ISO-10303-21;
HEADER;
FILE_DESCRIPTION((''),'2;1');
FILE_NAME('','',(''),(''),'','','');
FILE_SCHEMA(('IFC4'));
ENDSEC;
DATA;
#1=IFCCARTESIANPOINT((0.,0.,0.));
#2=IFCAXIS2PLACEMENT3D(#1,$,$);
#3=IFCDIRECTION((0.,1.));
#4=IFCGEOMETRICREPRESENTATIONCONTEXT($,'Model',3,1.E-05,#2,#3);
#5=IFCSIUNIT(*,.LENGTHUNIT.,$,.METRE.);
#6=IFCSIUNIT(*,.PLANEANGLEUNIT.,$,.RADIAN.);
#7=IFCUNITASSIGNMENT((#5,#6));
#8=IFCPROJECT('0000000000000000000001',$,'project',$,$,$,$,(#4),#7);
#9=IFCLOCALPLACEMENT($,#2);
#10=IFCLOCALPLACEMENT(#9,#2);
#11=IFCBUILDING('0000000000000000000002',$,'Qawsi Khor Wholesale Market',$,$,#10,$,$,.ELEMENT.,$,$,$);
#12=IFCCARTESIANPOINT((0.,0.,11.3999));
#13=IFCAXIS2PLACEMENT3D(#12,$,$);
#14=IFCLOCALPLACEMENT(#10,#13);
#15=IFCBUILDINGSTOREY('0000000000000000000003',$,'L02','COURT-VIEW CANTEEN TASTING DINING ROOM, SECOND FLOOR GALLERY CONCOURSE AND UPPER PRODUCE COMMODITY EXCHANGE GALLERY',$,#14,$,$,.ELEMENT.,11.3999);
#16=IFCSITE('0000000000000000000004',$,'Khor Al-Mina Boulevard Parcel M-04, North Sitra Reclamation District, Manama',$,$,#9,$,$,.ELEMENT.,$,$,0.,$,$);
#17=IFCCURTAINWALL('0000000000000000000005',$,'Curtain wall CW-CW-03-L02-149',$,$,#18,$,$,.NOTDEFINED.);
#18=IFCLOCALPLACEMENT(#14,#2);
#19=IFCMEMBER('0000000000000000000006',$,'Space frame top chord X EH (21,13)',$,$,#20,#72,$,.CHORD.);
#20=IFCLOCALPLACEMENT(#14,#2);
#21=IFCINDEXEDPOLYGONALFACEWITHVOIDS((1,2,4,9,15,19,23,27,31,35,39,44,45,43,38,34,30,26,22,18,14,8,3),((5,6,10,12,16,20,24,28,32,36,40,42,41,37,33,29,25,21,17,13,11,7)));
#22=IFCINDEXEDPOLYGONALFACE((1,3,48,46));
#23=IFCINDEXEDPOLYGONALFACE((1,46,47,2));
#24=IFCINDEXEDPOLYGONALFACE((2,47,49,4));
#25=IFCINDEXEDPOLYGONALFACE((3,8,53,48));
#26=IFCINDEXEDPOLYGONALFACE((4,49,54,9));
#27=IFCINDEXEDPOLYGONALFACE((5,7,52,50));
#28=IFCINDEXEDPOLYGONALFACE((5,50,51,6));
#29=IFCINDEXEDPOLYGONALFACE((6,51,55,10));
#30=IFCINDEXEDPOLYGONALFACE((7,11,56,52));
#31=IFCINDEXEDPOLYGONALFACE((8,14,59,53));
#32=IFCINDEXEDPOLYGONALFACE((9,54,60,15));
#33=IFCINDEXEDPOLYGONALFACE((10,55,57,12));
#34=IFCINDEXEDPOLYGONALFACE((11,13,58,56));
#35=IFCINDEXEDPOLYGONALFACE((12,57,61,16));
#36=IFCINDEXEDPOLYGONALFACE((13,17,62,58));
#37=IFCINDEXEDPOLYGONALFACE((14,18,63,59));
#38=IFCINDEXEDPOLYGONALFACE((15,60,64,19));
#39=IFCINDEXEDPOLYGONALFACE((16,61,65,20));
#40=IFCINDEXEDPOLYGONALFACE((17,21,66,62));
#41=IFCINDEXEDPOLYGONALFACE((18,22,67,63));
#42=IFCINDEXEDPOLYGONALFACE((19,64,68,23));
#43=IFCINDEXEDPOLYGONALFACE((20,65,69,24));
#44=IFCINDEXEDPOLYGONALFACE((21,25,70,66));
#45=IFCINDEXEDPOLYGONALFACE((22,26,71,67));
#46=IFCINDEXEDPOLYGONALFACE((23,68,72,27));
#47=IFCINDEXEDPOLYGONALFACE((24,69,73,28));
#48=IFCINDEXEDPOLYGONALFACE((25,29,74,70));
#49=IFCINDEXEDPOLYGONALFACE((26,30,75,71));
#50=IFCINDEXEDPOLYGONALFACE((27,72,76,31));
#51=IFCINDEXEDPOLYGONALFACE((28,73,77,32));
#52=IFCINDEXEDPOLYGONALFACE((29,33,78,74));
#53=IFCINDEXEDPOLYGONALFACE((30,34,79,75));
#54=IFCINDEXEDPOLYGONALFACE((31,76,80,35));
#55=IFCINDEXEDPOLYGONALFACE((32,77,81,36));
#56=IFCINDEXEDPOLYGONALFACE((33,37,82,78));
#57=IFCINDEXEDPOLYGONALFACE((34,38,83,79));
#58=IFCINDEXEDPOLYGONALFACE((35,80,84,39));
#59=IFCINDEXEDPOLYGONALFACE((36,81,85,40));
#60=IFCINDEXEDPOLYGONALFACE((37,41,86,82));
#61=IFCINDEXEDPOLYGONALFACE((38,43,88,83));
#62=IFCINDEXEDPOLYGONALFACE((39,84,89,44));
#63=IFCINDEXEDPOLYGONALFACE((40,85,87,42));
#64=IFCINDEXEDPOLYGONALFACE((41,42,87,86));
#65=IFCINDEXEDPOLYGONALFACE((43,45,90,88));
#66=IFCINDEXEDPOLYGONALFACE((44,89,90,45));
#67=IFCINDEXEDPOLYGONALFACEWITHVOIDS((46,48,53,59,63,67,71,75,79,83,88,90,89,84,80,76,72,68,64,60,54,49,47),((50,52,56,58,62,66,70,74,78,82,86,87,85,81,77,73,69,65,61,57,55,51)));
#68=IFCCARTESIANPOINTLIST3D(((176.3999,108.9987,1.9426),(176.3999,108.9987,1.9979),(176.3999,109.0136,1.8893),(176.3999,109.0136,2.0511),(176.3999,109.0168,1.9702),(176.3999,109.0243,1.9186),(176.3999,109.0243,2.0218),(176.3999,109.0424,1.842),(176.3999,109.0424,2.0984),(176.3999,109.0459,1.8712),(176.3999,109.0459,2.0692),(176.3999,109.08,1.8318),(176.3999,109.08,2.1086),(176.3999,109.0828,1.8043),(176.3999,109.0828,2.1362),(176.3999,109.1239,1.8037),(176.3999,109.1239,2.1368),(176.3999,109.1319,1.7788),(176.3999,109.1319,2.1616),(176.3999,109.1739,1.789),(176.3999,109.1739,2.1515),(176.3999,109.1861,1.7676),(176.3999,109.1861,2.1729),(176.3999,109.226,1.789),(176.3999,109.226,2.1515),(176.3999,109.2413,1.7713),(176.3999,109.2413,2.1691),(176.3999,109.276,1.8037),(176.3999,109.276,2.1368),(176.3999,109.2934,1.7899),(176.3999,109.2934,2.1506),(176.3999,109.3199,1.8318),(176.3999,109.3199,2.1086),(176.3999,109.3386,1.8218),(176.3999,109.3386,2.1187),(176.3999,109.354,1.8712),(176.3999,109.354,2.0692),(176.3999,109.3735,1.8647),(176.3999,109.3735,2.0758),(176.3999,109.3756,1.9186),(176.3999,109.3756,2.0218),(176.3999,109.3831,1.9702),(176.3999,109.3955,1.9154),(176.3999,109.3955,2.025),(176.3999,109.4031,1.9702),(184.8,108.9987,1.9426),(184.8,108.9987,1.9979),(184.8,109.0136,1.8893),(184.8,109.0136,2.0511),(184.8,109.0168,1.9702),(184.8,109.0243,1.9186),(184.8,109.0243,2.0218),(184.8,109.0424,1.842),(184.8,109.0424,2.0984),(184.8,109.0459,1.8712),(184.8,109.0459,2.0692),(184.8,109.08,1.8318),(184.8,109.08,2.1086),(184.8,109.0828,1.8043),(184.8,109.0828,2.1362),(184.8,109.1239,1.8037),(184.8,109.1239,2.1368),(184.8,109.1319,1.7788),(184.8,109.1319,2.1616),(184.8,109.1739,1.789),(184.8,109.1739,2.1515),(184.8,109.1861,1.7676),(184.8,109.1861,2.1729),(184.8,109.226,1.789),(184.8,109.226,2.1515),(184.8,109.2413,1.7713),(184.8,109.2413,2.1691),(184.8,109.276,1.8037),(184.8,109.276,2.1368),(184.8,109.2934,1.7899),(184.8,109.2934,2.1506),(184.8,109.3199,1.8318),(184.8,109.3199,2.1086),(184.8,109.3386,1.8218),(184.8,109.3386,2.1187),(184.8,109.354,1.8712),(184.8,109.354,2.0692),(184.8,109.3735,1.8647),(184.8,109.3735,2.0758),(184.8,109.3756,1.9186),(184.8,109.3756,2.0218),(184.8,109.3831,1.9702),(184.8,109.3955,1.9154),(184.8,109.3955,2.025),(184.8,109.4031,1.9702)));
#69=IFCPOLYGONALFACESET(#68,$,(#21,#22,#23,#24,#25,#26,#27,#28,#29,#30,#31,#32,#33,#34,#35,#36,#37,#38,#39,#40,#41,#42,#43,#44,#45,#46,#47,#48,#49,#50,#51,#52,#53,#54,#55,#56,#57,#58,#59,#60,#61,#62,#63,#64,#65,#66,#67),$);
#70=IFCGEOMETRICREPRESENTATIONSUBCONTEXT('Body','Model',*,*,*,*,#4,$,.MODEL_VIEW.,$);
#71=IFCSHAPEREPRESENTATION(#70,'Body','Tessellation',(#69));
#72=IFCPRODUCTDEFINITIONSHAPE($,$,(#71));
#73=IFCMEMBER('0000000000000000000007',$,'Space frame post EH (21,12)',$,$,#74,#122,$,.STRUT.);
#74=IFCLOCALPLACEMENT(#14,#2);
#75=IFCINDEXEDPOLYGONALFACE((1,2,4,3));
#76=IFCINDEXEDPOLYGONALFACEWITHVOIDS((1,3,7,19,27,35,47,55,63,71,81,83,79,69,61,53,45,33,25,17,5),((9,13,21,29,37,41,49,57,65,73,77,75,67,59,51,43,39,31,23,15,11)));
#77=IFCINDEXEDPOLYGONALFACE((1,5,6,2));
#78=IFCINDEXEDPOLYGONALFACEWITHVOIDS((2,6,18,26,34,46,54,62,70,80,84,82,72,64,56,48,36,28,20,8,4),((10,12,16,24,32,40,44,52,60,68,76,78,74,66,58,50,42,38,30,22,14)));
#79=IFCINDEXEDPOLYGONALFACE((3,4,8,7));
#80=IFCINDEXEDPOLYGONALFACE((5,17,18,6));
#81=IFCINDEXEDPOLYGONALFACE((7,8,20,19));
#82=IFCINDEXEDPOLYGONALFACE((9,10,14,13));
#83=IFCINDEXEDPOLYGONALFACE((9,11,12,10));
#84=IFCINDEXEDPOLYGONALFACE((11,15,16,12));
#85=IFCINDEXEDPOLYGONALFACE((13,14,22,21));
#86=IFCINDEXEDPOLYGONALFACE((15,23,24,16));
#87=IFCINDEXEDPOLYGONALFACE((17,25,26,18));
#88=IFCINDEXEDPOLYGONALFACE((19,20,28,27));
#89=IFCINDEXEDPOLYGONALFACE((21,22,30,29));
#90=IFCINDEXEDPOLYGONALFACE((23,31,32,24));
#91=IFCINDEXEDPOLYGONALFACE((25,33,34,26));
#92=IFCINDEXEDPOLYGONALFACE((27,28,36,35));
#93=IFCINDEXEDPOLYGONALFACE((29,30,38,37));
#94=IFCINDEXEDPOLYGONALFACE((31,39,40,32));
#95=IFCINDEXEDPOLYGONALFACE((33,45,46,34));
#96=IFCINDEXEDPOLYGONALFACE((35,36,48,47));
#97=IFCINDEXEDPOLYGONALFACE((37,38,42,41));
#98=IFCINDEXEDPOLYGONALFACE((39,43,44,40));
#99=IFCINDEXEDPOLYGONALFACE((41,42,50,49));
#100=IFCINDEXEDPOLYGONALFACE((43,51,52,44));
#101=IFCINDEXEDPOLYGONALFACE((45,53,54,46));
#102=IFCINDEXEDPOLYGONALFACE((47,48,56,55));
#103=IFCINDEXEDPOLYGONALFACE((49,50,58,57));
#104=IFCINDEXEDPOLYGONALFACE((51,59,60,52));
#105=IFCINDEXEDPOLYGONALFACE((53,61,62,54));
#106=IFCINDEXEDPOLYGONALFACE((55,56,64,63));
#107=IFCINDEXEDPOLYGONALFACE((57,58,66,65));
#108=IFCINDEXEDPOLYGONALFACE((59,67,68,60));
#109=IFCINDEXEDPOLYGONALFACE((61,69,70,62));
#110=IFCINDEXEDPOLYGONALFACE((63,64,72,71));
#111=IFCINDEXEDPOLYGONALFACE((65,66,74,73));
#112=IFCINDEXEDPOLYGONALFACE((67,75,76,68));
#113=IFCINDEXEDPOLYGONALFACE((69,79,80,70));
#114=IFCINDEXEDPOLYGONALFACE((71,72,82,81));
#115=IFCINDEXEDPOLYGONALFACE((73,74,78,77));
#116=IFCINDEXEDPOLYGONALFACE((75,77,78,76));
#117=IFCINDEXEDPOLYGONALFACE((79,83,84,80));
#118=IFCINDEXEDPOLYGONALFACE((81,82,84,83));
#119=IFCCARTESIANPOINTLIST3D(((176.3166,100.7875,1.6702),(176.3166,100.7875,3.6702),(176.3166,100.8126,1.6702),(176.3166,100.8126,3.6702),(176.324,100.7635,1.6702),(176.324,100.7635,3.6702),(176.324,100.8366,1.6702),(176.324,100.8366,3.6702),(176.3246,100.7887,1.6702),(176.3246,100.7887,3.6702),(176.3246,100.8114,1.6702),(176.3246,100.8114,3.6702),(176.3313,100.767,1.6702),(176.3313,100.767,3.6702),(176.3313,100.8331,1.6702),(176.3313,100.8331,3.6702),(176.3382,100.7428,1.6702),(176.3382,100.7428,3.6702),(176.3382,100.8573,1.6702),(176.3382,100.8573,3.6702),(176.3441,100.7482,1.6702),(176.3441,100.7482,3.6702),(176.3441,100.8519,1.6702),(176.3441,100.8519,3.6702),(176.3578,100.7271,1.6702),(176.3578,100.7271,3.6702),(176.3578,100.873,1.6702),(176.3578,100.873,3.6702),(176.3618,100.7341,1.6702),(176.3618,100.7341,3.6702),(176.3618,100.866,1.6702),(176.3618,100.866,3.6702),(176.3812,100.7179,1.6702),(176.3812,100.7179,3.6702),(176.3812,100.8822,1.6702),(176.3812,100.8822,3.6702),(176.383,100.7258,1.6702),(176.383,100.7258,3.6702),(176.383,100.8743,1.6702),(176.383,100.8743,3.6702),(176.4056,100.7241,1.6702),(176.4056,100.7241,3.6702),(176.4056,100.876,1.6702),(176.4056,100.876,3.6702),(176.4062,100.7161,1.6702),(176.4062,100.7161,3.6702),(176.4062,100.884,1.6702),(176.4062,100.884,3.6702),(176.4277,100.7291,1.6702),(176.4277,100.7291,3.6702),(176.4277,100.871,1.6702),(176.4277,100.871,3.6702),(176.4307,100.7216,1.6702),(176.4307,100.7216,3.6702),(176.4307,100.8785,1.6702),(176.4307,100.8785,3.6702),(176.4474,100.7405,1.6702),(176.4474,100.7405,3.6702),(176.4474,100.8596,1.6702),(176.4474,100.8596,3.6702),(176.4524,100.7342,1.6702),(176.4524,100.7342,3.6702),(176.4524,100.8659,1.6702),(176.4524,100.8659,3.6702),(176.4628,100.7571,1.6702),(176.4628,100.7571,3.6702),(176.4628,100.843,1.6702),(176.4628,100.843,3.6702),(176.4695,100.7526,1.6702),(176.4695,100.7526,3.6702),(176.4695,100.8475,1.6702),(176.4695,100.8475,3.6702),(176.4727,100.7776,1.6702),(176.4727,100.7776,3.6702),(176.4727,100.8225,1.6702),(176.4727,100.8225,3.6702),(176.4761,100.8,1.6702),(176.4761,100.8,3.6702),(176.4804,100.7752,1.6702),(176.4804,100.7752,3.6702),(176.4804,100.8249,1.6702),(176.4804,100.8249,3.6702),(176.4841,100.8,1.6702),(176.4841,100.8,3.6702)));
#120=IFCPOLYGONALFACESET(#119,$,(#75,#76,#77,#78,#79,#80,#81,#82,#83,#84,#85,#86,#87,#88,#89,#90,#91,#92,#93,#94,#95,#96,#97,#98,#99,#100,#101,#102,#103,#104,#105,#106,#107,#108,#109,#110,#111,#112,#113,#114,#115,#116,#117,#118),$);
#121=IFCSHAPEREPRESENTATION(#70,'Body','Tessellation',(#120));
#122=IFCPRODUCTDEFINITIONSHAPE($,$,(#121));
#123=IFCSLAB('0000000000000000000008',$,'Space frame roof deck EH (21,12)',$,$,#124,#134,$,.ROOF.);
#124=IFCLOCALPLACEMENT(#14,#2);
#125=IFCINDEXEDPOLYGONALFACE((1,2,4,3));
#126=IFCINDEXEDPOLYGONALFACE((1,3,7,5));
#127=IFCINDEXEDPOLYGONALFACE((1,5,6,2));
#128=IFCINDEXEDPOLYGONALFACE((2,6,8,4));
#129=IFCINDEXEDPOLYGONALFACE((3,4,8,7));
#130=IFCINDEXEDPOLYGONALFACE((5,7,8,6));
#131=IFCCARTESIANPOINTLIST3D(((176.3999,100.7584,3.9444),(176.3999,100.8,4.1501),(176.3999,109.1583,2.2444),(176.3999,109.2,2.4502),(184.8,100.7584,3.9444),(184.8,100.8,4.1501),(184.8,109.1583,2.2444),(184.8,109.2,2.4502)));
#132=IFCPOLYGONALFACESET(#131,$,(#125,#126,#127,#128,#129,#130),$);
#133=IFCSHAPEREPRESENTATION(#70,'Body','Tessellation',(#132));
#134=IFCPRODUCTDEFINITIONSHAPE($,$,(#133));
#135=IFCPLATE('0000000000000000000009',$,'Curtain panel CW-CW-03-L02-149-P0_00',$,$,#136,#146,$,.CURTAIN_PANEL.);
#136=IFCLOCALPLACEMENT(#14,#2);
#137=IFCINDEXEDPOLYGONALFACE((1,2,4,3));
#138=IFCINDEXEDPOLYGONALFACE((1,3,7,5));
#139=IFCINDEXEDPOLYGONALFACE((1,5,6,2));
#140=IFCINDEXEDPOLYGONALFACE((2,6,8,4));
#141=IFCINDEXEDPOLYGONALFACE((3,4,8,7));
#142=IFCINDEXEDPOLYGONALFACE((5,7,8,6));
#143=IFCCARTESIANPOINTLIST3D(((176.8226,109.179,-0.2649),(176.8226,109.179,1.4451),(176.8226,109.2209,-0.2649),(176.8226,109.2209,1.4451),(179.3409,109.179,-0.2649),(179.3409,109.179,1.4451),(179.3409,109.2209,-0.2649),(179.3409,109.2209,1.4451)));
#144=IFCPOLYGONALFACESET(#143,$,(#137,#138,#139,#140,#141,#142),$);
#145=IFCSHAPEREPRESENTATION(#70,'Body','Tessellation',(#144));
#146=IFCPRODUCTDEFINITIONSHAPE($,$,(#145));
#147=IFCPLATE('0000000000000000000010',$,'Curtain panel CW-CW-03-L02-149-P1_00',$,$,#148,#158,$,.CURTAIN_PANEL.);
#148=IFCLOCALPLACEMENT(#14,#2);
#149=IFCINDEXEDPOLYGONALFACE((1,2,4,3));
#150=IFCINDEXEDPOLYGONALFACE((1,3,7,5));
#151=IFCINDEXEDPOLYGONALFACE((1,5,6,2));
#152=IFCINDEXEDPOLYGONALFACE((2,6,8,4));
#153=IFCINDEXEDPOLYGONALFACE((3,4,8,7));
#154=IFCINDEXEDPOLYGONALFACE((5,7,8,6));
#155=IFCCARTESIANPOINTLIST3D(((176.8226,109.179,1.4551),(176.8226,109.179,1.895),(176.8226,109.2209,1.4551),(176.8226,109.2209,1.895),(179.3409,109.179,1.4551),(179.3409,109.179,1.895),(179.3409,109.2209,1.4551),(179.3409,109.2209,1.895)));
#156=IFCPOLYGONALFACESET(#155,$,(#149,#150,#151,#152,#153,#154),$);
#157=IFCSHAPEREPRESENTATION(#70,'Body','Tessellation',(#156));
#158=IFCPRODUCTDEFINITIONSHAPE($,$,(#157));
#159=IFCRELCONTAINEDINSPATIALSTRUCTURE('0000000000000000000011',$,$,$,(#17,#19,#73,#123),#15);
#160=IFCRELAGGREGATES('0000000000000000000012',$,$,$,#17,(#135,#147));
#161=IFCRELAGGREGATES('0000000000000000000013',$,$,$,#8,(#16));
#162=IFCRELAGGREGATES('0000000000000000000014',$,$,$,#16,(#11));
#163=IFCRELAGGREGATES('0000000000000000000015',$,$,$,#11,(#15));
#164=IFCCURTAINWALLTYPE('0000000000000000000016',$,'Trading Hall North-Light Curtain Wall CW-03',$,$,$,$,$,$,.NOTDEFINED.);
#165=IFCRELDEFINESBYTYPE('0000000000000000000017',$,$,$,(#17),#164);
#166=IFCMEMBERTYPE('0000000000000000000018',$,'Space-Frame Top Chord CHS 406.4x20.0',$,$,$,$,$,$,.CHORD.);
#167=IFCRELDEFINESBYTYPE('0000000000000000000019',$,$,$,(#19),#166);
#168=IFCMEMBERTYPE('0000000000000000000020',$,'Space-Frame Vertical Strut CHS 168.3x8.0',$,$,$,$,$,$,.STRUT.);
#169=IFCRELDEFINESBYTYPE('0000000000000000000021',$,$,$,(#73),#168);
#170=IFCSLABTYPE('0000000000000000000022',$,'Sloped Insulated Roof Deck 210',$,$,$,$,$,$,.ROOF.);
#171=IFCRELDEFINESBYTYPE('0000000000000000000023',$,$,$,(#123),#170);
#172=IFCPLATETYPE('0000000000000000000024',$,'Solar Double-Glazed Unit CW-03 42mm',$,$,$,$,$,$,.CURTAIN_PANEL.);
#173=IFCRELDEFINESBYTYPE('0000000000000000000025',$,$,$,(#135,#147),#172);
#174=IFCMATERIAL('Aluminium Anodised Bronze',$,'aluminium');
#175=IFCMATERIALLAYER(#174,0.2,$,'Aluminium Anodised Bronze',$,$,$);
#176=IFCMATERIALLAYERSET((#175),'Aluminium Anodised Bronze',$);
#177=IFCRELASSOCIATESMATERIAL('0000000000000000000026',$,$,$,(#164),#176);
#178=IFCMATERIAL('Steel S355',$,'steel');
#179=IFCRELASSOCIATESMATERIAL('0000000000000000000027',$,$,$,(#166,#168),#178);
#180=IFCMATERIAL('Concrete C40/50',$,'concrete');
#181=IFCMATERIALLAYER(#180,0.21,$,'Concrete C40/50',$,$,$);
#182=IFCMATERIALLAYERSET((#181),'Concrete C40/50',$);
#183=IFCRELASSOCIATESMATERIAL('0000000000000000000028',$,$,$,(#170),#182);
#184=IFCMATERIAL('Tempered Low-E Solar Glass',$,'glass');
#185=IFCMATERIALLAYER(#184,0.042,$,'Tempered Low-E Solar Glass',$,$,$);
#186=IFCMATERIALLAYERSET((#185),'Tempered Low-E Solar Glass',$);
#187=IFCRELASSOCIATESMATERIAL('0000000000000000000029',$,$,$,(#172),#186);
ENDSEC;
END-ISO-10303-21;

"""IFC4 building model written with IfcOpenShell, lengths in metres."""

from ifc_helpers import new_model, si_unit, direction, frame, frame_2d, origin, origin_2d, place, context, subcontext, project, spatial, polyline, rectangle, hollow_circle, outline, extrude, material, layer, layer_set, material_profile, profile_set, type_object, element, aggregate, save


model = new_model("IFC4")

# Units and contexts
model_context = context("Model", 3, precision=1e-05, world=origin(), true_north=direction((0.0, 1.0)))
body_context = subcontext(model_context, "Body", "Model", "MODEL_VIEW")
ifc_project = project(units=[si_unit("LENGTHUNIT", "METRE"), si_unit("PLANEANGLEUNIT", "RADIAN")], contexts=[model_context])

# Site, building, storey
site_placement = place(None, origin())
site = spatial("IfcSite", under=ifc_project, at=site_placement, Name="Khor Al-Mina Boulevard Parcel M-04, North Sitra Reclamation District, Manama", CompositionType="ELEMENT", RefElevation=0.0)
building_placement = place(site_placement, origin())
building = spatial("IfcBuilding", under=site, at=building_placement, Name="Qawsi Khor Wholesale Market", CompositionType="ELEMENT")
storey_placement = place(building_placement, frame((0.0, 0.0, 11.3999)))
storey = spatial("IfcBuildingStorey", under=building, at=storey_placement, Name="L02", Description="COURT-VIEW CANTEEN TASTING DINING ROOM, SECOND FLOOR GALLERY CONCOURSE AND UPPER PRODUCE COMMODITY EXCHANGE GALLERY", CompositionType="ELEMENT", Elevation=11.3999)

# Curtain wall
ifc_material_1 = material(Name="Aluminium Anodised Bronze", Category="aluminium")
ifc_layer_1 = layer(ifc_material_1, 0.2, Name="Aluminium Anodised Bronze")
ifc_layer_set_1 = layer_set([ifc_layer_1], Name="Aluminium Anodised Bronze")
curtain_wall_type = type_object("IfcCurtainWallType", Name="Trading Hall North-Light Curtain Wall CW-03", PredefinedType="NOTDEFINED", material=ifc_layer_set_1)
curtain_wall_placement = place(storey_placement, origin())
curtain_wall = element("IfcCurtainWall", 1, at=curtain_wall_placement, inside=storey, type_object=curtain_wall_type, Name="Curtain wall CW-CW-03-L02-149", PredefinedType="NOTDEFINED")

# Members
ifc_material_2 = material(Name="Steel S355", Category="steel")
ifc_material_profile_1 = material_profile(ifc_material_2, hollow_circle(Radius=0.2031, WallThickness=0.02, at=origin_2d()), Name="CHS 406.4x20.0")
ifc_profile_set_1 = profile_set([ifc_material_profile_1], Name="Steel S355")
member_type_1 = type_object("IfcMemberType", Name="Space-Frame Top Chord CHS 406.4x20.0", PredefinedType="CHORD", material=ifc_profile_set_1)
member_1_placement = place(storey_placement, frame((176.3999, 109.2, 1.9702), z_axis=(1.0, 0.0, 0.0), x_axis=(0.0, 1.0, 0.0)))
element("IfcMember", 2, at=member_1_placement, inside=storey, type_object=member_type_1, Name="Space frame top chord X EH (21,13)", PredefinedType="CHORD", context=body_context, shape_type="SweptSolid", body=[
    extrude(hollow_circle(Radius=0.2031, WallThickness=0.02, at=origin_2d()), origin(), (0.0, 0.0, 1.0), 8.4001),
])
ifc_material_profile_2 = material_profile(ifc_material_2, hollow_circle(Radius=0.0842, WallThickness=0.0081, at=origin_2d()), Name="CHS 168.3x8.0")
ifc_profile_set_2 = profile_set([ifc_material_profile_2], Name="Steel S355")
member_type_2 = type_object("IfcMemberType", Name="Space-Frame Vertical Strut CHS 168.3x8.0", PredefinedType="STRUT", material=ifc_profile_set_2)
member_2_placement = place(storey_placement, frame((176.3999, 100.8, 1.6702), z_axis=(0.0, 0.0, 1.0), x_axis=(1.0, 0.0, 0.0)))
element("IfcMember", 3, at=member_2_placement, inside=storey, type_object=member_type_2, Name="Space frame post EH (21,12)", PredefinedType="STRUT", context=body_context, shape_type="SweptSolid", body=[
    extrude(hollow_circle(Radius=0.0842, WallThickness=0.0081, at=origin_2d()), origin(), (0.0, 0.0, 1.0), 2.0),
])

# Slab
ifc_material_3 = material(Name="Concrete C40/50", Category="concrete")
ifc_layer_2 = layer(ifc_material_3, 0.21, Name="Concrete C40/50")
ifc_layer_set_2 = layer_set([ifc_layer_2], Name="Concrete C40/50")
slab_type = type_object("IfcSlabType", Name="Sloped Insulated Roof Deck 210", PredefinedType="ROOF", material=ifc_layer_set_2)
slab_placement = place(storey_placement, frame((176.3999, 100.8, 4.1501), z_axis=(0.0, 0.198356, 0.98013), x_axis=(1.0, 0.0, 0.0)))
element("IfcSlab", 4, at=slab_placement, inside=storey, type_object=slab_type, Name="Space frame roof deck EH (21,12)", PredefinedType="ROOF", context=body_context, shape_type="SweptSolid", body=[
    extrude(outline(polyline([(0.0, 0.0), (8.4001, 0.0), (8.4001, 8.5702), (0.0, 8.5702), (0.0, 0.0)])), origin(), (0.0, 0.0, -1.0), 0.21),
])

# Plates
ifc_material_4 = material(Name="Tempered Low-E Solar Glass", Category="glass")
ifc_layer_3 = layer(ifc_material_4, 0.042, Name="Tempered Low-E Solar Glass")
ifc_layer_set_3 = layer_set([ifc_layer_3], Name="Tempered Low-E Solar Glass")
plate_type = type_object("IfcPlateType", Name="Solar Double-Glazed Unit CW-03 42mm", PredefinedType="CURTAIN_PANEL", material=ifc_layer_set_3)
plate_1_placement = place(storey_placement, frame((176.8225, 109.2, -0.2649), z_axis=(0.0, 0.0, 1.0), x_axis=(1.0, 0.0, 0.0)))
plate_1 = element("IfcPlate", 5, at=plate_1_placement, type_object=plate_type, Name="Curtain panel CW-CW-03-L02-149-P0_00", PredefinedType="CURTAIN_PANEL", context=body_context, shape_type="SweptSolid", body=[
    extrude(rectangle(XDim=2.5183, YDim=0.042, at=frame_2d((1.2593, 0.0))), origin(), (0.0, 0.0, 1.0), 1.71),
])
plate_2_placement = place(storey_placement, frame((176.8225, 109.2, 1.4551), z_axis=(0.0, 0.0, 1.0), x_axis=(1.0, 0.0, 0.0)))
plate_2 = element("IfcPlate", 6, at=plate_2_placement, type_object=plate_type, Name="Curtain panel CW-CW-03-L02-149-P1_00", PredefinedType="CURTAIN_PANEL", context=body_context, shape_type="SweptSolid", body=[
    extrude(rectangle(XDim=2.5183, YDim=0.042, at=frame_2d((1.2593, 0.0))), origin(), (0.0, 0.0, 1.0), 0.4399),
])
aggregate(curtain_wall, [plate_1, plate_2])

save(model, "model.ifc")
